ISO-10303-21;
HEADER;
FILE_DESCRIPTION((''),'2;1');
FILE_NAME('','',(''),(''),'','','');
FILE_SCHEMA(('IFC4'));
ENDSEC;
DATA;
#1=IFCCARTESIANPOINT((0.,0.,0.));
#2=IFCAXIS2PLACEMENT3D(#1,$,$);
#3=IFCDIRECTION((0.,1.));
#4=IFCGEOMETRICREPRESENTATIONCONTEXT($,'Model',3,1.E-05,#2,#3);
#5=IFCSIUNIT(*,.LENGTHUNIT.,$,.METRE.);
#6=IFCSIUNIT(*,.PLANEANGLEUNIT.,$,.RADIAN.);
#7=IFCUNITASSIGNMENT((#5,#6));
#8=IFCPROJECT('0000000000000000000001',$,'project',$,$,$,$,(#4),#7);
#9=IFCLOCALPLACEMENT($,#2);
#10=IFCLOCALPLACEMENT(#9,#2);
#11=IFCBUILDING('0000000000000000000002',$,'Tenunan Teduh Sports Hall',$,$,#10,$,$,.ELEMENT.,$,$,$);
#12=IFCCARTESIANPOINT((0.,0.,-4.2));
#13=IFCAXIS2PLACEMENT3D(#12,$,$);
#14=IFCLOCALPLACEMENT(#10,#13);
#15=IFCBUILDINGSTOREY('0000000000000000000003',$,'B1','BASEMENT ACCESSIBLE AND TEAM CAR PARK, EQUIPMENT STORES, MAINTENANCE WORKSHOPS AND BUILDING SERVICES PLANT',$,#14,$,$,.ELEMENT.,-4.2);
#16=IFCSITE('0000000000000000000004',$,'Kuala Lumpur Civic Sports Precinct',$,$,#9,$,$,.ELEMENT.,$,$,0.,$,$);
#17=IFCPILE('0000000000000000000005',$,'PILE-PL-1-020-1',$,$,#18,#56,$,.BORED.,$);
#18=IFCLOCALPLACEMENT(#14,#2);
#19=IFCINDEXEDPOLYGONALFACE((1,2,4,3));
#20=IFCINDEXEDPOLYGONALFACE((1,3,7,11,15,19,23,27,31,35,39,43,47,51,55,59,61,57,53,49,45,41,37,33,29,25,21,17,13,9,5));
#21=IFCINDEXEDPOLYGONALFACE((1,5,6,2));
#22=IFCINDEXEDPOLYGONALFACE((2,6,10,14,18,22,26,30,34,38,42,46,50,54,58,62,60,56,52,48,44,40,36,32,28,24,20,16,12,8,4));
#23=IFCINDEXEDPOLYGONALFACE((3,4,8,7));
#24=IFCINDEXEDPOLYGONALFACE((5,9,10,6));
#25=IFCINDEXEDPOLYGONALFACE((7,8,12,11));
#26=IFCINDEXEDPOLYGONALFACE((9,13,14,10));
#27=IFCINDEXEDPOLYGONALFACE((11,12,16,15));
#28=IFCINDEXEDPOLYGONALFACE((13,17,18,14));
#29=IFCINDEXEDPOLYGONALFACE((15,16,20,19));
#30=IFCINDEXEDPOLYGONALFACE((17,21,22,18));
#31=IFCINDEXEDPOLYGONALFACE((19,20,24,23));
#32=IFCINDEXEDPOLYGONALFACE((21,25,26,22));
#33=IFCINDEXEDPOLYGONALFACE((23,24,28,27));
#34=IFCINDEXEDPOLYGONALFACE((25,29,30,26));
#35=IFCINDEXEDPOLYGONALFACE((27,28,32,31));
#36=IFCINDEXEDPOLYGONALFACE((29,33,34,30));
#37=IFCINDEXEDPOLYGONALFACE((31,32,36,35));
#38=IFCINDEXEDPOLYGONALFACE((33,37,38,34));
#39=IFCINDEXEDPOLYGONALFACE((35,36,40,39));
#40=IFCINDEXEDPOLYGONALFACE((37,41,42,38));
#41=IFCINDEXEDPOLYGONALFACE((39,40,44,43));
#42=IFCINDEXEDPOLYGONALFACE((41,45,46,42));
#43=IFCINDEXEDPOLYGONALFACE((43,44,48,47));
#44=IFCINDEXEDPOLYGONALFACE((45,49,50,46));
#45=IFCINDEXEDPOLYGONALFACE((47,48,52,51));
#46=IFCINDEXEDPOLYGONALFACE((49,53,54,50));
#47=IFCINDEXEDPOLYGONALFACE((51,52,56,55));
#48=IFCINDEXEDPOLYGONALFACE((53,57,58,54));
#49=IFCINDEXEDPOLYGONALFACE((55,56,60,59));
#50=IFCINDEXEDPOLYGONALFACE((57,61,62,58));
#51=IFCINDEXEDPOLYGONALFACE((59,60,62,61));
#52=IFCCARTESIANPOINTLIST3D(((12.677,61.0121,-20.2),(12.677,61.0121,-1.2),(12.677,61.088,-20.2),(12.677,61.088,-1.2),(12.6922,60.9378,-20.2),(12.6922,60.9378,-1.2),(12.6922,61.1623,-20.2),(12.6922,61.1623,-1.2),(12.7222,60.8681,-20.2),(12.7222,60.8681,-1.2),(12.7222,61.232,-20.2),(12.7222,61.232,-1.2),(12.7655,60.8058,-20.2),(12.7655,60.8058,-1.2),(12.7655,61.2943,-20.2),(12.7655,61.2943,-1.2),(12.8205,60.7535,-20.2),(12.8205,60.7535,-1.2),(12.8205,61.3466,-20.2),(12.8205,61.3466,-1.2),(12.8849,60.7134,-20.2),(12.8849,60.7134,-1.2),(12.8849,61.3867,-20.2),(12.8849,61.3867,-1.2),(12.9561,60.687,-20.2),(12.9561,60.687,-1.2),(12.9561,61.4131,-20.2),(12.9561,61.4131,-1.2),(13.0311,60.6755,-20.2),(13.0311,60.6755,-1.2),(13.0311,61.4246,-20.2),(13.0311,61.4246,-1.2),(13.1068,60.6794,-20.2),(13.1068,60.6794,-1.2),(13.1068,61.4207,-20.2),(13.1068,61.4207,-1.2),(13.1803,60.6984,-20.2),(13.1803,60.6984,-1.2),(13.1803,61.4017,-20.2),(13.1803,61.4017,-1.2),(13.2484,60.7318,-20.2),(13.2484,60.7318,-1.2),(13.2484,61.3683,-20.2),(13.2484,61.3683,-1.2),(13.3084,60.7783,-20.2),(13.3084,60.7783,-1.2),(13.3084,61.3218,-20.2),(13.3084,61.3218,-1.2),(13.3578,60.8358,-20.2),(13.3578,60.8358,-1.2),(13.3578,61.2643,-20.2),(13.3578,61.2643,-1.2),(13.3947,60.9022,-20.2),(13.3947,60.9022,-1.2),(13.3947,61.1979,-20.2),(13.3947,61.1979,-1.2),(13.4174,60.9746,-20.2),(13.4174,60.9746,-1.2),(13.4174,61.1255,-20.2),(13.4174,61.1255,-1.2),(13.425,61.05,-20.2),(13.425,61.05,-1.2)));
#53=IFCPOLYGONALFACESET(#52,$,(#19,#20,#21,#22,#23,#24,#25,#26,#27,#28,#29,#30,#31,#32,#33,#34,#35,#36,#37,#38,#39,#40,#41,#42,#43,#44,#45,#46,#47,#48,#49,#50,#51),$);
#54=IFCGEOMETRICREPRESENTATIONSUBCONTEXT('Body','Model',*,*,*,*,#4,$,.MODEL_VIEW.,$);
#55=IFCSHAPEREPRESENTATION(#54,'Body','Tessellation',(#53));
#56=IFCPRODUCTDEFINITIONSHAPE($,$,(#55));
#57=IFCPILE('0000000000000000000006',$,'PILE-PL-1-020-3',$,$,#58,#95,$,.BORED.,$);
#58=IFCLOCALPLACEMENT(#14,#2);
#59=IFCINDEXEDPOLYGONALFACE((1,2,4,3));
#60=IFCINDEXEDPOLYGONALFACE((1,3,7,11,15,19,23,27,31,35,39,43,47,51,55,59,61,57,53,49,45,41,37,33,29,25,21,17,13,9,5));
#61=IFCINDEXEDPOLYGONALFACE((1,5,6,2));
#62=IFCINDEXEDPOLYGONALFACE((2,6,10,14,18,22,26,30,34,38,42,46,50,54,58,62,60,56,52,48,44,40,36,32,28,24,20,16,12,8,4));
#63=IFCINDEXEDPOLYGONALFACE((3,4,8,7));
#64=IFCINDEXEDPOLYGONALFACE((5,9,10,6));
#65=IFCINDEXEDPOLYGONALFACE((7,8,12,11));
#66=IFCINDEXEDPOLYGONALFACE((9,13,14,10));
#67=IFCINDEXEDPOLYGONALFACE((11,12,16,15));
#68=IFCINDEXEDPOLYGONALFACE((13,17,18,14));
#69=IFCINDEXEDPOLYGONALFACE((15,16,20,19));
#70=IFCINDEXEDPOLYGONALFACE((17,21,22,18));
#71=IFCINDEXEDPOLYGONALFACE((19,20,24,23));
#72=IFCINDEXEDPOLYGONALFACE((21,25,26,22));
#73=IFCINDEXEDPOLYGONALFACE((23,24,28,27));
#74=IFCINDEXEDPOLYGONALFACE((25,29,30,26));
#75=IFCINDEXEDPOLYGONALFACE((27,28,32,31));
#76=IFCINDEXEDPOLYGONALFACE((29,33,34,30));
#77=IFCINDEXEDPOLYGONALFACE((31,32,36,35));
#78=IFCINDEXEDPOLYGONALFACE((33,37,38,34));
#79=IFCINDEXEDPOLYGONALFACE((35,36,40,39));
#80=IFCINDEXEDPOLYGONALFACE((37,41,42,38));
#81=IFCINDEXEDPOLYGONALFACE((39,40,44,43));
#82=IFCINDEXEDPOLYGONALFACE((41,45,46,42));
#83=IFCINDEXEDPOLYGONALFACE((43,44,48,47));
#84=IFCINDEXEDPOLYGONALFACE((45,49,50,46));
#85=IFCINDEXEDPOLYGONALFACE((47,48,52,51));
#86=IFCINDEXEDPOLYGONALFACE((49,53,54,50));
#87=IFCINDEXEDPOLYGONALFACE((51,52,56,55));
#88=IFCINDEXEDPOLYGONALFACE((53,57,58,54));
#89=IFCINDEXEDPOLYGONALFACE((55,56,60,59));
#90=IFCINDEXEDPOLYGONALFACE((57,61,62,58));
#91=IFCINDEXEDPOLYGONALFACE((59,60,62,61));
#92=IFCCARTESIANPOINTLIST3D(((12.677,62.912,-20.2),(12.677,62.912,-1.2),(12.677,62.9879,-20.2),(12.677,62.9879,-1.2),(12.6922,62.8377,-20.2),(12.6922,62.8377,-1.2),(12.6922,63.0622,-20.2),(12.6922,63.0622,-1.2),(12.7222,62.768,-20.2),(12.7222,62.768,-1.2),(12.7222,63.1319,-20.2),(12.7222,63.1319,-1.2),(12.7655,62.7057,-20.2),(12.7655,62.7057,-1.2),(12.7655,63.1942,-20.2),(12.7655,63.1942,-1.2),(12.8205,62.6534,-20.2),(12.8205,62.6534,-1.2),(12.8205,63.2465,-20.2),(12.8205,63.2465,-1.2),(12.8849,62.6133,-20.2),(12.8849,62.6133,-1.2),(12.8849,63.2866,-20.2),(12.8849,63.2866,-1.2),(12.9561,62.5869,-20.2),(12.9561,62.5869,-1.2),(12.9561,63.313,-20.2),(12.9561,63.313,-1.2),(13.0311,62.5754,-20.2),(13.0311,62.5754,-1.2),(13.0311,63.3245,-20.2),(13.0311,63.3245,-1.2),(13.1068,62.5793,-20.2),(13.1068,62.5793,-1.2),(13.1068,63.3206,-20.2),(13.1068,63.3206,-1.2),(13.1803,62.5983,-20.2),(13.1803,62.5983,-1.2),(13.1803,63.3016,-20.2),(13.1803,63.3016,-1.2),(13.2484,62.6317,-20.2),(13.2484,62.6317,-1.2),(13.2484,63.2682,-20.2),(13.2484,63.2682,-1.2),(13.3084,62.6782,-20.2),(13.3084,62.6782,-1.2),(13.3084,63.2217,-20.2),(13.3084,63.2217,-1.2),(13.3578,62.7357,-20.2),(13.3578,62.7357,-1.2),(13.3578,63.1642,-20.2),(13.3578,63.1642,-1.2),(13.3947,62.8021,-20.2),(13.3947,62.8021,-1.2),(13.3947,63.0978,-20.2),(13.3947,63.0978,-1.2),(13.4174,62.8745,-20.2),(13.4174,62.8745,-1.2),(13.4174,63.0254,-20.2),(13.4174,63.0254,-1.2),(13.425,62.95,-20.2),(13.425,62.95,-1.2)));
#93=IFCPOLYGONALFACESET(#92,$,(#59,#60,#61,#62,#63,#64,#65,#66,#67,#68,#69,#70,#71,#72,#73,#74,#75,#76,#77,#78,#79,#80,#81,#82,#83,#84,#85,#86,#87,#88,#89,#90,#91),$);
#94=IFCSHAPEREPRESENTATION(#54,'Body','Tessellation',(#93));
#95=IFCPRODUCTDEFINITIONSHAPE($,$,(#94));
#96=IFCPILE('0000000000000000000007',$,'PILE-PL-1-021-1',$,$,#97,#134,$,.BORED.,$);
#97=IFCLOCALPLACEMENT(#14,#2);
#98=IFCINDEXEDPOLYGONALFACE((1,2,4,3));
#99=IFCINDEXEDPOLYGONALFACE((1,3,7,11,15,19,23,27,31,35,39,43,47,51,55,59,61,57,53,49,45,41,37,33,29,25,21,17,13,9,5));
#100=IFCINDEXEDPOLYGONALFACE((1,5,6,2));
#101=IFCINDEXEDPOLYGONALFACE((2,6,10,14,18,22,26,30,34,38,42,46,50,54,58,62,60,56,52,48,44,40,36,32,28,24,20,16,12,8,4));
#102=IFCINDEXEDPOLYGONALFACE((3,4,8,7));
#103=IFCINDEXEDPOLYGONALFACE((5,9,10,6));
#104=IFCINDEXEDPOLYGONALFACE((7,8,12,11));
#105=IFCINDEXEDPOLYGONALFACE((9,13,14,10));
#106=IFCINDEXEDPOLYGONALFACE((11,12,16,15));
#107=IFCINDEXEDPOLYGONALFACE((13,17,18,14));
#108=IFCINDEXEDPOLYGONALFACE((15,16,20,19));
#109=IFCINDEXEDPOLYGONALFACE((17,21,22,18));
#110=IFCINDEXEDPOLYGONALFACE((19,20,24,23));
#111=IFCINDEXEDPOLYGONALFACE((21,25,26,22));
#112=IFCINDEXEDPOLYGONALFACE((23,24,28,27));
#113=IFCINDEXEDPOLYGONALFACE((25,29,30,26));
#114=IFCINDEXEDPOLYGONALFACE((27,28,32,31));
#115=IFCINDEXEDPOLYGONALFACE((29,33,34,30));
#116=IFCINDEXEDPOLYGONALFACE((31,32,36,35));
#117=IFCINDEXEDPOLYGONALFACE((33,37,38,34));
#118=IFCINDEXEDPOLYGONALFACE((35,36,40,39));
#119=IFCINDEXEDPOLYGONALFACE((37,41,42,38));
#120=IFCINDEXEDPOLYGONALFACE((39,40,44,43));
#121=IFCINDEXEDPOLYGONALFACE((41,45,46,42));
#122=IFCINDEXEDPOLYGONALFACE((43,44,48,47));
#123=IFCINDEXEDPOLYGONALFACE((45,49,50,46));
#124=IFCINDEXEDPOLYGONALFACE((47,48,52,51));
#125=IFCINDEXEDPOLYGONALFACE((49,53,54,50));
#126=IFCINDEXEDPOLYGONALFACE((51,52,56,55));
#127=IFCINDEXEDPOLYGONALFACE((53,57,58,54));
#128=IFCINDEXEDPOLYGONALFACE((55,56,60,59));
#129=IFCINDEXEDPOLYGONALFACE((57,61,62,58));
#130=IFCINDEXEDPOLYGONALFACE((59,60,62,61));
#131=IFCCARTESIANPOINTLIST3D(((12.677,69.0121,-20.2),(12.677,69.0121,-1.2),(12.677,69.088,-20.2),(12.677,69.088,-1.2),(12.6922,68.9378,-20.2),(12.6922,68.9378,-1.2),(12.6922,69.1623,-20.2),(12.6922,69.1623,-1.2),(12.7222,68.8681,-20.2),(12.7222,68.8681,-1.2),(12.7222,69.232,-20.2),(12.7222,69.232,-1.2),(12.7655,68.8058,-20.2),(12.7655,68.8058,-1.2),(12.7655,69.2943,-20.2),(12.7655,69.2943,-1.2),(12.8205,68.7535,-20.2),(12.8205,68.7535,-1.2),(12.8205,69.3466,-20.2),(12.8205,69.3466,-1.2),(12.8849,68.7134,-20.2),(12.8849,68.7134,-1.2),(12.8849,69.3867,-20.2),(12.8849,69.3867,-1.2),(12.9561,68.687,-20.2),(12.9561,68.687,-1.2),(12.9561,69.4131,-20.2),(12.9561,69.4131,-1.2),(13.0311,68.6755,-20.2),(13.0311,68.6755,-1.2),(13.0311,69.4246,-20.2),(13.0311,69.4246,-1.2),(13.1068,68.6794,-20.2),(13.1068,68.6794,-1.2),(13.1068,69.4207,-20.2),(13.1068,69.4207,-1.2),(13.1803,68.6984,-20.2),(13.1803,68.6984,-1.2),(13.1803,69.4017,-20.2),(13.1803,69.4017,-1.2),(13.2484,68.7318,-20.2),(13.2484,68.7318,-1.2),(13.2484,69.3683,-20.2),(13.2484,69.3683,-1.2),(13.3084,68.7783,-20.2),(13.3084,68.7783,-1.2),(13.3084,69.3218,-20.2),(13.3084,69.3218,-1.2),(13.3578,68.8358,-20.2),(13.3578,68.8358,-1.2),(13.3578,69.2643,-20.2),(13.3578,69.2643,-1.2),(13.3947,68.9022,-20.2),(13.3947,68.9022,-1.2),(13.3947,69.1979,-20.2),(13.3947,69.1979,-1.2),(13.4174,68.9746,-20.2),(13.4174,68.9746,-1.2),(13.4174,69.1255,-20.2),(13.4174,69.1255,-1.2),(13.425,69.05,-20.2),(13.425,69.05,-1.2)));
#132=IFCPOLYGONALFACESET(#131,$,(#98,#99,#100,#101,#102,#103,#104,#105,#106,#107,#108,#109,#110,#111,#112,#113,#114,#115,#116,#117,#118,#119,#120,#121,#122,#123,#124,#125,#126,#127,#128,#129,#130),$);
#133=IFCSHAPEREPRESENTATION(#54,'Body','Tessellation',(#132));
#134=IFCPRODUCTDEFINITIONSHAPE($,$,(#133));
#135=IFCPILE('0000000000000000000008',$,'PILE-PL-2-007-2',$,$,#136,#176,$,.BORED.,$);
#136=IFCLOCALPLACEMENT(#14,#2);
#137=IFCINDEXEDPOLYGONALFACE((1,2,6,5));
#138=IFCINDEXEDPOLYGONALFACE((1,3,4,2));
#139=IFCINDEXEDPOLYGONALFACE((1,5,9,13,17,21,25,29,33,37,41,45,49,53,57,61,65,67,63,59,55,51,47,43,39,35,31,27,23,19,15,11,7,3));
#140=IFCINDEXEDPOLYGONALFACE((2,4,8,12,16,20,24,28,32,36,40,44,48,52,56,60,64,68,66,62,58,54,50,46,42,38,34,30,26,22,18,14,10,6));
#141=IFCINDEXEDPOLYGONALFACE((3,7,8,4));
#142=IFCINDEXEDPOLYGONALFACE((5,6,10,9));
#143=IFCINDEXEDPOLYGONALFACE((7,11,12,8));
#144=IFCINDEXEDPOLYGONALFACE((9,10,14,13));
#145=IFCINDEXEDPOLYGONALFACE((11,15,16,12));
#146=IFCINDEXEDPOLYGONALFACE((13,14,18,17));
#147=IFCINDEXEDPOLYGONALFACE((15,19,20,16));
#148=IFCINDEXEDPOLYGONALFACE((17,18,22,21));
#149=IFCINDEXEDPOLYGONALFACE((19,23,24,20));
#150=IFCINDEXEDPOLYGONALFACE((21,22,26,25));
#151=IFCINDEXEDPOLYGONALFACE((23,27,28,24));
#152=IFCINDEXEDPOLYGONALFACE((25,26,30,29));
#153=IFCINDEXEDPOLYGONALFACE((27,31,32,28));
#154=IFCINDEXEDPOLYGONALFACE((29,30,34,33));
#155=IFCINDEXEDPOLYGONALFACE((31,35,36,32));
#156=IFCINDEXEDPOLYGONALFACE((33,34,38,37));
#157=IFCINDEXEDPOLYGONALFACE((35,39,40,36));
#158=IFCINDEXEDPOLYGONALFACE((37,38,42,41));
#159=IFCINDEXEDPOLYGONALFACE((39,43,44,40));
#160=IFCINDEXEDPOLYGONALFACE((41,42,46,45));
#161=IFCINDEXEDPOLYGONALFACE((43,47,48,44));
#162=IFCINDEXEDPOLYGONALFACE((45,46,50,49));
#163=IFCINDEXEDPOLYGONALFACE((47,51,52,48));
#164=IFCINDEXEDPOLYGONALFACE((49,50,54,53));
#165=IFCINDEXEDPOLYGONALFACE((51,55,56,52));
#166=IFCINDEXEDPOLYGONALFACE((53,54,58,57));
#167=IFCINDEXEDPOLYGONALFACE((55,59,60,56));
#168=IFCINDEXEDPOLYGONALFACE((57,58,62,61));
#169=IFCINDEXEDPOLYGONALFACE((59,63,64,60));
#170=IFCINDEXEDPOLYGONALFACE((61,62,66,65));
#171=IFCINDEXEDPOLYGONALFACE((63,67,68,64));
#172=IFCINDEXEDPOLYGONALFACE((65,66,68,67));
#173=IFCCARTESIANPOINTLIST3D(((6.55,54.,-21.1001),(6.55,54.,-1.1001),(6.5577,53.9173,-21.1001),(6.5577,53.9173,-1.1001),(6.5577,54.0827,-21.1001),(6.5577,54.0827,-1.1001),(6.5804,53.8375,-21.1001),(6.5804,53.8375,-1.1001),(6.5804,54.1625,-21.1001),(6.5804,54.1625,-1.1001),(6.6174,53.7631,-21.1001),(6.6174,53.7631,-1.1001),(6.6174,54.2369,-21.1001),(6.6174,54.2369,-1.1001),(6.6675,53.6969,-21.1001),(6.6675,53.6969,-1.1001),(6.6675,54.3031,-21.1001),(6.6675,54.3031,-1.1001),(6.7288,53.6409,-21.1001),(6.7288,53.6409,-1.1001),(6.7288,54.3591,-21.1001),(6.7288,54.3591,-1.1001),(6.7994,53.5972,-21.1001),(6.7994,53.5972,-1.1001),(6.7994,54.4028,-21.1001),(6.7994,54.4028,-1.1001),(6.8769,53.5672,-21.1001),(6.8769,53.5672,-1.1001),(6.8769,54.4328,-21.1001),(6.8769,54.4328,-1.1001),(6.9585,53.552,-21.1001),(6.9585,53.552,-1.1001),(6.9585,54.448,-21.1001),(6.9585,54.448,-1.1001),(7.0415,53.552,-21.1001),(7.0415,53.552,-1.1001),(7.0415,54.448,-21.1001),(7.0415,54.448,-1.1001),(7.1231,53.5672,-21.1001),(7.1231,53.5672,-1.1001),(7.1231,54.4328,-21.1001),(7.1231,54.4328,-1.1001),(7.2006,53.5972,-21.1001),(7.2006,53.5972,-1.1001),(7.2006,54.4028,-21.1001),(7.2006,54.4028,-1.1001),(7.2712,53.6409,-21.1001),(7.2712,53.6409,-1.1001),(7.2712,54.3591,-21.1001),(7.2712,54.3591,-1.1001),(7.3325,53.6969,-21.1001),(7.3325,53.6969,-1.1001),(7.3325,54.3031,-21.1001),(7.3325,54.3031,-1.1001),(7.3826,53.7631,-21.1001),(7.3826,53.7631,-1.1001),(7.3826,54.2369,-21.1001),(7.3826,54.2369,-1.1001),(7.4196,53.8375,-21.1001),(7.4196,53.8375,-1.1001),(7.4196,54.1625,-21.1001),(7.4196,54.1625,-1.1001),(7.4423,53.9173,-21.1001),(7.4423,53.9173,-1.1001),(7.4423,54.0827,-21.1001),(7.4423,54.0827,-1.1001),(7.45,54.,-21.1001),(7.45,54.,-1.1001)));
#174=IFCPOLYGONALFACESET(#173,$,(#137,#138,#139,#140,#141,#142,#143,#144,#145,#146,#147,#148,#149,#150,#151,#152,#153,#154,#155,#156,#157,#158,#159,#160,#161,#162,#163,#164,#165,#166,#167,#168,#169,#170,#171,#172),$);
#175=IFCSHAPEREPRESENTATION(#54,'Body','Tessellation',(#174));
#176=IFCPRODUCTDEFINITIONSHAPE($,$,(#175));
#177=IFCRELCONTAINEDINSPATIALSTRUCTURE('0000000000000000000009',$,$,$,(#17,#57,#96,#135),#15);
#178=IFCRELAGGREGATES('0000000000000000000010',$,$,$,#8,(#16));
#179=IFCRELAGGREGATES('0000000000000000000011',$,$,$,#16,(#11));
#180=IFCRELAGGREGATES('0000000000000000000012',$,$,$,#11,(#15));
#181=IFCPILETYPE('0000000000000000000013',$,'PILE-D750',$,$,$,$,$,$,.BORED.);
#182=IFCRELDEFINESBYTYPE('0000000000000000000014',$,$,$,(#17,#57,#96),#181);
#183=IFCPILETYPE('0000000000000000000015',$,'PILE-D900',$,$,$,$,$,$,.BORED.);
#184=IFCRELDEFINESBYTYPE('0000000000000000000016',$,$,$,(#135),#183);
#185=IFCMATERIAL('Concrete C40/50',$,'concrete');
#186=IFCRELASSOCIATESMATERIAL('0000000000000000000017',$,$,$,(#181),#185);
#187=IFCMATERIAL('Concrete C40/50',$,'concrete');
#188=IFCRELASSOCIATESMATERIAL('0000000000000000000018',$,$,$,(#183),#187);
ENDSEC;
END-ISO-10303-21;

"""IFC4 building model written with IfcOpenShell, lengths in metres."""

from ifc_helpers import new_model, si_unit, direction, frame, origin, origin_2d, place, context, subcontext, project, spatial, circle, extrude, material, material_profile, profile_set, type_object, element, save


model = new_model("IFC4")

# Units and contexts
model_context = context("Model", 3, precision=1e-05, world=origin(), true_north=direction((0.0, 1.0)))
body_context = subcontext(model_context, "Body", "Model", "MODEL_VIEW")
ifc_project = project(units=[si_unit("LENGTHUNIT", "METRE"), si_unit("PLANEANGLEUNIT", "RADIAN")], contexts=[model_context])

# Site, building, storey
site_placement = place(None, origin())
site = spatial("IfcSite", under=ifc_project, at=site_placement, Name="Kuala Lumpur Civic Sports Precinct", CompositionType="ELEMENT", RefElevation=0.0)
building_placement = place(site_placement, origin())
building = spatial("IfcBuilding", under=site, at=building_placement, Name="Tenunan Teduh Sports Hall", CompositionType="ELEMENT")
storey_placement = place(building_placement, frame((0.0, 0.0, -4.2)))
storey = spatial("IfcBuildingStorey", under=building, at=storey_placement, Name="B1", Description="BASEMENT ACCESSIBLE AND TEAM CAR PARK, EQUIPMENT STORES, MAINTENANCE WORKSHOPS AND BUILDING SERVICES PLANT", CompositionType="ELEMENT", Elevation=-4.2)

# Piles
ifc_material_1 = material(Name="Concrete C40/50", Category="concrete")
ifc_material_profile_1 = material_profile(ifc_material_1, circle(Radius=0.375, at=origin_2d()), Name="PILE D750")
ifc_profile_set_1 = profile_set([ifc_material_profile_1], Name="Concrete C40/50")
pile_type_1 = type_object("IfcPileType", Name="PILE-D750", PredefinedType="BORED", material=ifc_profile_set_1)
for number, where, z_axis, x_axis, name in (
    (1, (13.05, 61.05, -1.2), (0.0, 0.0, -1.0), (1.0, 0.0, 0.0), "PILE-PL-1-020-1"),
    (2, (13.05, 62.95, -1.2), (0.0, 0.0, -1.0), (1.0, 0.0, 0.0), "PILE-PL-1-020-3"),
    (3, (13.05, 69.05, -1.2), (0.0, 0.0, -1.0), (1.0, 0.0, 0.0), "PILE-PL-1-021-1"),
):
    element("IfcPile", number, at=place(storey_placement, frame(where, z_axis=z_axis, x_axis=x_axis)), inside=storey, type_object=pile_type_1, Name=name, PredefinedType="BORED", context=body_context, shape_type="SweptSolid", body=[
        extrude(circle(Radius=0.375, at=origin_2d()), origin(), (0.0, 0.0, 1.0), 19.0),
    ])
ifc_material_2 = material(Name="Concrete C40/50", Category="concrete")
ifc_material_profile_2 = material_profile(ifc_material_2, circle(Radius=0.45, at=origin_2d()), Name="PILE D900")
ifc_profile_set_2 = profile_set([ifc_material_profile_2], Name="Concrete C40/50")
pile_type_2 = type_object("IfcPileType", Name="PILE-D900", PredefinedType="BORED", material=ifc_profile_set_2)
for number, where, z_axis, x_axis, name in (
    (4, (7.0, 54.0, -1.1001), (0.0, 0.0, -1.0), (1.0, 0.0, 0.0), "PILE-PL-2-007-2"),
):
    element("IfcPile", number, at=place(storey_placement, frame(where, z_axis=z_axis, x_axis=x_axis)), inside=storey, type_object=pile_type_2, Name=name, PredefinedType="BORED", context=body_context, shape_type="SweptSolid", body=[
        extrude(circle(Radius=0.45, at=origin_2d()), origin(), (0.0, 0.0, 1.0), 20.0),
    ])

save(model, "model.ifc")
